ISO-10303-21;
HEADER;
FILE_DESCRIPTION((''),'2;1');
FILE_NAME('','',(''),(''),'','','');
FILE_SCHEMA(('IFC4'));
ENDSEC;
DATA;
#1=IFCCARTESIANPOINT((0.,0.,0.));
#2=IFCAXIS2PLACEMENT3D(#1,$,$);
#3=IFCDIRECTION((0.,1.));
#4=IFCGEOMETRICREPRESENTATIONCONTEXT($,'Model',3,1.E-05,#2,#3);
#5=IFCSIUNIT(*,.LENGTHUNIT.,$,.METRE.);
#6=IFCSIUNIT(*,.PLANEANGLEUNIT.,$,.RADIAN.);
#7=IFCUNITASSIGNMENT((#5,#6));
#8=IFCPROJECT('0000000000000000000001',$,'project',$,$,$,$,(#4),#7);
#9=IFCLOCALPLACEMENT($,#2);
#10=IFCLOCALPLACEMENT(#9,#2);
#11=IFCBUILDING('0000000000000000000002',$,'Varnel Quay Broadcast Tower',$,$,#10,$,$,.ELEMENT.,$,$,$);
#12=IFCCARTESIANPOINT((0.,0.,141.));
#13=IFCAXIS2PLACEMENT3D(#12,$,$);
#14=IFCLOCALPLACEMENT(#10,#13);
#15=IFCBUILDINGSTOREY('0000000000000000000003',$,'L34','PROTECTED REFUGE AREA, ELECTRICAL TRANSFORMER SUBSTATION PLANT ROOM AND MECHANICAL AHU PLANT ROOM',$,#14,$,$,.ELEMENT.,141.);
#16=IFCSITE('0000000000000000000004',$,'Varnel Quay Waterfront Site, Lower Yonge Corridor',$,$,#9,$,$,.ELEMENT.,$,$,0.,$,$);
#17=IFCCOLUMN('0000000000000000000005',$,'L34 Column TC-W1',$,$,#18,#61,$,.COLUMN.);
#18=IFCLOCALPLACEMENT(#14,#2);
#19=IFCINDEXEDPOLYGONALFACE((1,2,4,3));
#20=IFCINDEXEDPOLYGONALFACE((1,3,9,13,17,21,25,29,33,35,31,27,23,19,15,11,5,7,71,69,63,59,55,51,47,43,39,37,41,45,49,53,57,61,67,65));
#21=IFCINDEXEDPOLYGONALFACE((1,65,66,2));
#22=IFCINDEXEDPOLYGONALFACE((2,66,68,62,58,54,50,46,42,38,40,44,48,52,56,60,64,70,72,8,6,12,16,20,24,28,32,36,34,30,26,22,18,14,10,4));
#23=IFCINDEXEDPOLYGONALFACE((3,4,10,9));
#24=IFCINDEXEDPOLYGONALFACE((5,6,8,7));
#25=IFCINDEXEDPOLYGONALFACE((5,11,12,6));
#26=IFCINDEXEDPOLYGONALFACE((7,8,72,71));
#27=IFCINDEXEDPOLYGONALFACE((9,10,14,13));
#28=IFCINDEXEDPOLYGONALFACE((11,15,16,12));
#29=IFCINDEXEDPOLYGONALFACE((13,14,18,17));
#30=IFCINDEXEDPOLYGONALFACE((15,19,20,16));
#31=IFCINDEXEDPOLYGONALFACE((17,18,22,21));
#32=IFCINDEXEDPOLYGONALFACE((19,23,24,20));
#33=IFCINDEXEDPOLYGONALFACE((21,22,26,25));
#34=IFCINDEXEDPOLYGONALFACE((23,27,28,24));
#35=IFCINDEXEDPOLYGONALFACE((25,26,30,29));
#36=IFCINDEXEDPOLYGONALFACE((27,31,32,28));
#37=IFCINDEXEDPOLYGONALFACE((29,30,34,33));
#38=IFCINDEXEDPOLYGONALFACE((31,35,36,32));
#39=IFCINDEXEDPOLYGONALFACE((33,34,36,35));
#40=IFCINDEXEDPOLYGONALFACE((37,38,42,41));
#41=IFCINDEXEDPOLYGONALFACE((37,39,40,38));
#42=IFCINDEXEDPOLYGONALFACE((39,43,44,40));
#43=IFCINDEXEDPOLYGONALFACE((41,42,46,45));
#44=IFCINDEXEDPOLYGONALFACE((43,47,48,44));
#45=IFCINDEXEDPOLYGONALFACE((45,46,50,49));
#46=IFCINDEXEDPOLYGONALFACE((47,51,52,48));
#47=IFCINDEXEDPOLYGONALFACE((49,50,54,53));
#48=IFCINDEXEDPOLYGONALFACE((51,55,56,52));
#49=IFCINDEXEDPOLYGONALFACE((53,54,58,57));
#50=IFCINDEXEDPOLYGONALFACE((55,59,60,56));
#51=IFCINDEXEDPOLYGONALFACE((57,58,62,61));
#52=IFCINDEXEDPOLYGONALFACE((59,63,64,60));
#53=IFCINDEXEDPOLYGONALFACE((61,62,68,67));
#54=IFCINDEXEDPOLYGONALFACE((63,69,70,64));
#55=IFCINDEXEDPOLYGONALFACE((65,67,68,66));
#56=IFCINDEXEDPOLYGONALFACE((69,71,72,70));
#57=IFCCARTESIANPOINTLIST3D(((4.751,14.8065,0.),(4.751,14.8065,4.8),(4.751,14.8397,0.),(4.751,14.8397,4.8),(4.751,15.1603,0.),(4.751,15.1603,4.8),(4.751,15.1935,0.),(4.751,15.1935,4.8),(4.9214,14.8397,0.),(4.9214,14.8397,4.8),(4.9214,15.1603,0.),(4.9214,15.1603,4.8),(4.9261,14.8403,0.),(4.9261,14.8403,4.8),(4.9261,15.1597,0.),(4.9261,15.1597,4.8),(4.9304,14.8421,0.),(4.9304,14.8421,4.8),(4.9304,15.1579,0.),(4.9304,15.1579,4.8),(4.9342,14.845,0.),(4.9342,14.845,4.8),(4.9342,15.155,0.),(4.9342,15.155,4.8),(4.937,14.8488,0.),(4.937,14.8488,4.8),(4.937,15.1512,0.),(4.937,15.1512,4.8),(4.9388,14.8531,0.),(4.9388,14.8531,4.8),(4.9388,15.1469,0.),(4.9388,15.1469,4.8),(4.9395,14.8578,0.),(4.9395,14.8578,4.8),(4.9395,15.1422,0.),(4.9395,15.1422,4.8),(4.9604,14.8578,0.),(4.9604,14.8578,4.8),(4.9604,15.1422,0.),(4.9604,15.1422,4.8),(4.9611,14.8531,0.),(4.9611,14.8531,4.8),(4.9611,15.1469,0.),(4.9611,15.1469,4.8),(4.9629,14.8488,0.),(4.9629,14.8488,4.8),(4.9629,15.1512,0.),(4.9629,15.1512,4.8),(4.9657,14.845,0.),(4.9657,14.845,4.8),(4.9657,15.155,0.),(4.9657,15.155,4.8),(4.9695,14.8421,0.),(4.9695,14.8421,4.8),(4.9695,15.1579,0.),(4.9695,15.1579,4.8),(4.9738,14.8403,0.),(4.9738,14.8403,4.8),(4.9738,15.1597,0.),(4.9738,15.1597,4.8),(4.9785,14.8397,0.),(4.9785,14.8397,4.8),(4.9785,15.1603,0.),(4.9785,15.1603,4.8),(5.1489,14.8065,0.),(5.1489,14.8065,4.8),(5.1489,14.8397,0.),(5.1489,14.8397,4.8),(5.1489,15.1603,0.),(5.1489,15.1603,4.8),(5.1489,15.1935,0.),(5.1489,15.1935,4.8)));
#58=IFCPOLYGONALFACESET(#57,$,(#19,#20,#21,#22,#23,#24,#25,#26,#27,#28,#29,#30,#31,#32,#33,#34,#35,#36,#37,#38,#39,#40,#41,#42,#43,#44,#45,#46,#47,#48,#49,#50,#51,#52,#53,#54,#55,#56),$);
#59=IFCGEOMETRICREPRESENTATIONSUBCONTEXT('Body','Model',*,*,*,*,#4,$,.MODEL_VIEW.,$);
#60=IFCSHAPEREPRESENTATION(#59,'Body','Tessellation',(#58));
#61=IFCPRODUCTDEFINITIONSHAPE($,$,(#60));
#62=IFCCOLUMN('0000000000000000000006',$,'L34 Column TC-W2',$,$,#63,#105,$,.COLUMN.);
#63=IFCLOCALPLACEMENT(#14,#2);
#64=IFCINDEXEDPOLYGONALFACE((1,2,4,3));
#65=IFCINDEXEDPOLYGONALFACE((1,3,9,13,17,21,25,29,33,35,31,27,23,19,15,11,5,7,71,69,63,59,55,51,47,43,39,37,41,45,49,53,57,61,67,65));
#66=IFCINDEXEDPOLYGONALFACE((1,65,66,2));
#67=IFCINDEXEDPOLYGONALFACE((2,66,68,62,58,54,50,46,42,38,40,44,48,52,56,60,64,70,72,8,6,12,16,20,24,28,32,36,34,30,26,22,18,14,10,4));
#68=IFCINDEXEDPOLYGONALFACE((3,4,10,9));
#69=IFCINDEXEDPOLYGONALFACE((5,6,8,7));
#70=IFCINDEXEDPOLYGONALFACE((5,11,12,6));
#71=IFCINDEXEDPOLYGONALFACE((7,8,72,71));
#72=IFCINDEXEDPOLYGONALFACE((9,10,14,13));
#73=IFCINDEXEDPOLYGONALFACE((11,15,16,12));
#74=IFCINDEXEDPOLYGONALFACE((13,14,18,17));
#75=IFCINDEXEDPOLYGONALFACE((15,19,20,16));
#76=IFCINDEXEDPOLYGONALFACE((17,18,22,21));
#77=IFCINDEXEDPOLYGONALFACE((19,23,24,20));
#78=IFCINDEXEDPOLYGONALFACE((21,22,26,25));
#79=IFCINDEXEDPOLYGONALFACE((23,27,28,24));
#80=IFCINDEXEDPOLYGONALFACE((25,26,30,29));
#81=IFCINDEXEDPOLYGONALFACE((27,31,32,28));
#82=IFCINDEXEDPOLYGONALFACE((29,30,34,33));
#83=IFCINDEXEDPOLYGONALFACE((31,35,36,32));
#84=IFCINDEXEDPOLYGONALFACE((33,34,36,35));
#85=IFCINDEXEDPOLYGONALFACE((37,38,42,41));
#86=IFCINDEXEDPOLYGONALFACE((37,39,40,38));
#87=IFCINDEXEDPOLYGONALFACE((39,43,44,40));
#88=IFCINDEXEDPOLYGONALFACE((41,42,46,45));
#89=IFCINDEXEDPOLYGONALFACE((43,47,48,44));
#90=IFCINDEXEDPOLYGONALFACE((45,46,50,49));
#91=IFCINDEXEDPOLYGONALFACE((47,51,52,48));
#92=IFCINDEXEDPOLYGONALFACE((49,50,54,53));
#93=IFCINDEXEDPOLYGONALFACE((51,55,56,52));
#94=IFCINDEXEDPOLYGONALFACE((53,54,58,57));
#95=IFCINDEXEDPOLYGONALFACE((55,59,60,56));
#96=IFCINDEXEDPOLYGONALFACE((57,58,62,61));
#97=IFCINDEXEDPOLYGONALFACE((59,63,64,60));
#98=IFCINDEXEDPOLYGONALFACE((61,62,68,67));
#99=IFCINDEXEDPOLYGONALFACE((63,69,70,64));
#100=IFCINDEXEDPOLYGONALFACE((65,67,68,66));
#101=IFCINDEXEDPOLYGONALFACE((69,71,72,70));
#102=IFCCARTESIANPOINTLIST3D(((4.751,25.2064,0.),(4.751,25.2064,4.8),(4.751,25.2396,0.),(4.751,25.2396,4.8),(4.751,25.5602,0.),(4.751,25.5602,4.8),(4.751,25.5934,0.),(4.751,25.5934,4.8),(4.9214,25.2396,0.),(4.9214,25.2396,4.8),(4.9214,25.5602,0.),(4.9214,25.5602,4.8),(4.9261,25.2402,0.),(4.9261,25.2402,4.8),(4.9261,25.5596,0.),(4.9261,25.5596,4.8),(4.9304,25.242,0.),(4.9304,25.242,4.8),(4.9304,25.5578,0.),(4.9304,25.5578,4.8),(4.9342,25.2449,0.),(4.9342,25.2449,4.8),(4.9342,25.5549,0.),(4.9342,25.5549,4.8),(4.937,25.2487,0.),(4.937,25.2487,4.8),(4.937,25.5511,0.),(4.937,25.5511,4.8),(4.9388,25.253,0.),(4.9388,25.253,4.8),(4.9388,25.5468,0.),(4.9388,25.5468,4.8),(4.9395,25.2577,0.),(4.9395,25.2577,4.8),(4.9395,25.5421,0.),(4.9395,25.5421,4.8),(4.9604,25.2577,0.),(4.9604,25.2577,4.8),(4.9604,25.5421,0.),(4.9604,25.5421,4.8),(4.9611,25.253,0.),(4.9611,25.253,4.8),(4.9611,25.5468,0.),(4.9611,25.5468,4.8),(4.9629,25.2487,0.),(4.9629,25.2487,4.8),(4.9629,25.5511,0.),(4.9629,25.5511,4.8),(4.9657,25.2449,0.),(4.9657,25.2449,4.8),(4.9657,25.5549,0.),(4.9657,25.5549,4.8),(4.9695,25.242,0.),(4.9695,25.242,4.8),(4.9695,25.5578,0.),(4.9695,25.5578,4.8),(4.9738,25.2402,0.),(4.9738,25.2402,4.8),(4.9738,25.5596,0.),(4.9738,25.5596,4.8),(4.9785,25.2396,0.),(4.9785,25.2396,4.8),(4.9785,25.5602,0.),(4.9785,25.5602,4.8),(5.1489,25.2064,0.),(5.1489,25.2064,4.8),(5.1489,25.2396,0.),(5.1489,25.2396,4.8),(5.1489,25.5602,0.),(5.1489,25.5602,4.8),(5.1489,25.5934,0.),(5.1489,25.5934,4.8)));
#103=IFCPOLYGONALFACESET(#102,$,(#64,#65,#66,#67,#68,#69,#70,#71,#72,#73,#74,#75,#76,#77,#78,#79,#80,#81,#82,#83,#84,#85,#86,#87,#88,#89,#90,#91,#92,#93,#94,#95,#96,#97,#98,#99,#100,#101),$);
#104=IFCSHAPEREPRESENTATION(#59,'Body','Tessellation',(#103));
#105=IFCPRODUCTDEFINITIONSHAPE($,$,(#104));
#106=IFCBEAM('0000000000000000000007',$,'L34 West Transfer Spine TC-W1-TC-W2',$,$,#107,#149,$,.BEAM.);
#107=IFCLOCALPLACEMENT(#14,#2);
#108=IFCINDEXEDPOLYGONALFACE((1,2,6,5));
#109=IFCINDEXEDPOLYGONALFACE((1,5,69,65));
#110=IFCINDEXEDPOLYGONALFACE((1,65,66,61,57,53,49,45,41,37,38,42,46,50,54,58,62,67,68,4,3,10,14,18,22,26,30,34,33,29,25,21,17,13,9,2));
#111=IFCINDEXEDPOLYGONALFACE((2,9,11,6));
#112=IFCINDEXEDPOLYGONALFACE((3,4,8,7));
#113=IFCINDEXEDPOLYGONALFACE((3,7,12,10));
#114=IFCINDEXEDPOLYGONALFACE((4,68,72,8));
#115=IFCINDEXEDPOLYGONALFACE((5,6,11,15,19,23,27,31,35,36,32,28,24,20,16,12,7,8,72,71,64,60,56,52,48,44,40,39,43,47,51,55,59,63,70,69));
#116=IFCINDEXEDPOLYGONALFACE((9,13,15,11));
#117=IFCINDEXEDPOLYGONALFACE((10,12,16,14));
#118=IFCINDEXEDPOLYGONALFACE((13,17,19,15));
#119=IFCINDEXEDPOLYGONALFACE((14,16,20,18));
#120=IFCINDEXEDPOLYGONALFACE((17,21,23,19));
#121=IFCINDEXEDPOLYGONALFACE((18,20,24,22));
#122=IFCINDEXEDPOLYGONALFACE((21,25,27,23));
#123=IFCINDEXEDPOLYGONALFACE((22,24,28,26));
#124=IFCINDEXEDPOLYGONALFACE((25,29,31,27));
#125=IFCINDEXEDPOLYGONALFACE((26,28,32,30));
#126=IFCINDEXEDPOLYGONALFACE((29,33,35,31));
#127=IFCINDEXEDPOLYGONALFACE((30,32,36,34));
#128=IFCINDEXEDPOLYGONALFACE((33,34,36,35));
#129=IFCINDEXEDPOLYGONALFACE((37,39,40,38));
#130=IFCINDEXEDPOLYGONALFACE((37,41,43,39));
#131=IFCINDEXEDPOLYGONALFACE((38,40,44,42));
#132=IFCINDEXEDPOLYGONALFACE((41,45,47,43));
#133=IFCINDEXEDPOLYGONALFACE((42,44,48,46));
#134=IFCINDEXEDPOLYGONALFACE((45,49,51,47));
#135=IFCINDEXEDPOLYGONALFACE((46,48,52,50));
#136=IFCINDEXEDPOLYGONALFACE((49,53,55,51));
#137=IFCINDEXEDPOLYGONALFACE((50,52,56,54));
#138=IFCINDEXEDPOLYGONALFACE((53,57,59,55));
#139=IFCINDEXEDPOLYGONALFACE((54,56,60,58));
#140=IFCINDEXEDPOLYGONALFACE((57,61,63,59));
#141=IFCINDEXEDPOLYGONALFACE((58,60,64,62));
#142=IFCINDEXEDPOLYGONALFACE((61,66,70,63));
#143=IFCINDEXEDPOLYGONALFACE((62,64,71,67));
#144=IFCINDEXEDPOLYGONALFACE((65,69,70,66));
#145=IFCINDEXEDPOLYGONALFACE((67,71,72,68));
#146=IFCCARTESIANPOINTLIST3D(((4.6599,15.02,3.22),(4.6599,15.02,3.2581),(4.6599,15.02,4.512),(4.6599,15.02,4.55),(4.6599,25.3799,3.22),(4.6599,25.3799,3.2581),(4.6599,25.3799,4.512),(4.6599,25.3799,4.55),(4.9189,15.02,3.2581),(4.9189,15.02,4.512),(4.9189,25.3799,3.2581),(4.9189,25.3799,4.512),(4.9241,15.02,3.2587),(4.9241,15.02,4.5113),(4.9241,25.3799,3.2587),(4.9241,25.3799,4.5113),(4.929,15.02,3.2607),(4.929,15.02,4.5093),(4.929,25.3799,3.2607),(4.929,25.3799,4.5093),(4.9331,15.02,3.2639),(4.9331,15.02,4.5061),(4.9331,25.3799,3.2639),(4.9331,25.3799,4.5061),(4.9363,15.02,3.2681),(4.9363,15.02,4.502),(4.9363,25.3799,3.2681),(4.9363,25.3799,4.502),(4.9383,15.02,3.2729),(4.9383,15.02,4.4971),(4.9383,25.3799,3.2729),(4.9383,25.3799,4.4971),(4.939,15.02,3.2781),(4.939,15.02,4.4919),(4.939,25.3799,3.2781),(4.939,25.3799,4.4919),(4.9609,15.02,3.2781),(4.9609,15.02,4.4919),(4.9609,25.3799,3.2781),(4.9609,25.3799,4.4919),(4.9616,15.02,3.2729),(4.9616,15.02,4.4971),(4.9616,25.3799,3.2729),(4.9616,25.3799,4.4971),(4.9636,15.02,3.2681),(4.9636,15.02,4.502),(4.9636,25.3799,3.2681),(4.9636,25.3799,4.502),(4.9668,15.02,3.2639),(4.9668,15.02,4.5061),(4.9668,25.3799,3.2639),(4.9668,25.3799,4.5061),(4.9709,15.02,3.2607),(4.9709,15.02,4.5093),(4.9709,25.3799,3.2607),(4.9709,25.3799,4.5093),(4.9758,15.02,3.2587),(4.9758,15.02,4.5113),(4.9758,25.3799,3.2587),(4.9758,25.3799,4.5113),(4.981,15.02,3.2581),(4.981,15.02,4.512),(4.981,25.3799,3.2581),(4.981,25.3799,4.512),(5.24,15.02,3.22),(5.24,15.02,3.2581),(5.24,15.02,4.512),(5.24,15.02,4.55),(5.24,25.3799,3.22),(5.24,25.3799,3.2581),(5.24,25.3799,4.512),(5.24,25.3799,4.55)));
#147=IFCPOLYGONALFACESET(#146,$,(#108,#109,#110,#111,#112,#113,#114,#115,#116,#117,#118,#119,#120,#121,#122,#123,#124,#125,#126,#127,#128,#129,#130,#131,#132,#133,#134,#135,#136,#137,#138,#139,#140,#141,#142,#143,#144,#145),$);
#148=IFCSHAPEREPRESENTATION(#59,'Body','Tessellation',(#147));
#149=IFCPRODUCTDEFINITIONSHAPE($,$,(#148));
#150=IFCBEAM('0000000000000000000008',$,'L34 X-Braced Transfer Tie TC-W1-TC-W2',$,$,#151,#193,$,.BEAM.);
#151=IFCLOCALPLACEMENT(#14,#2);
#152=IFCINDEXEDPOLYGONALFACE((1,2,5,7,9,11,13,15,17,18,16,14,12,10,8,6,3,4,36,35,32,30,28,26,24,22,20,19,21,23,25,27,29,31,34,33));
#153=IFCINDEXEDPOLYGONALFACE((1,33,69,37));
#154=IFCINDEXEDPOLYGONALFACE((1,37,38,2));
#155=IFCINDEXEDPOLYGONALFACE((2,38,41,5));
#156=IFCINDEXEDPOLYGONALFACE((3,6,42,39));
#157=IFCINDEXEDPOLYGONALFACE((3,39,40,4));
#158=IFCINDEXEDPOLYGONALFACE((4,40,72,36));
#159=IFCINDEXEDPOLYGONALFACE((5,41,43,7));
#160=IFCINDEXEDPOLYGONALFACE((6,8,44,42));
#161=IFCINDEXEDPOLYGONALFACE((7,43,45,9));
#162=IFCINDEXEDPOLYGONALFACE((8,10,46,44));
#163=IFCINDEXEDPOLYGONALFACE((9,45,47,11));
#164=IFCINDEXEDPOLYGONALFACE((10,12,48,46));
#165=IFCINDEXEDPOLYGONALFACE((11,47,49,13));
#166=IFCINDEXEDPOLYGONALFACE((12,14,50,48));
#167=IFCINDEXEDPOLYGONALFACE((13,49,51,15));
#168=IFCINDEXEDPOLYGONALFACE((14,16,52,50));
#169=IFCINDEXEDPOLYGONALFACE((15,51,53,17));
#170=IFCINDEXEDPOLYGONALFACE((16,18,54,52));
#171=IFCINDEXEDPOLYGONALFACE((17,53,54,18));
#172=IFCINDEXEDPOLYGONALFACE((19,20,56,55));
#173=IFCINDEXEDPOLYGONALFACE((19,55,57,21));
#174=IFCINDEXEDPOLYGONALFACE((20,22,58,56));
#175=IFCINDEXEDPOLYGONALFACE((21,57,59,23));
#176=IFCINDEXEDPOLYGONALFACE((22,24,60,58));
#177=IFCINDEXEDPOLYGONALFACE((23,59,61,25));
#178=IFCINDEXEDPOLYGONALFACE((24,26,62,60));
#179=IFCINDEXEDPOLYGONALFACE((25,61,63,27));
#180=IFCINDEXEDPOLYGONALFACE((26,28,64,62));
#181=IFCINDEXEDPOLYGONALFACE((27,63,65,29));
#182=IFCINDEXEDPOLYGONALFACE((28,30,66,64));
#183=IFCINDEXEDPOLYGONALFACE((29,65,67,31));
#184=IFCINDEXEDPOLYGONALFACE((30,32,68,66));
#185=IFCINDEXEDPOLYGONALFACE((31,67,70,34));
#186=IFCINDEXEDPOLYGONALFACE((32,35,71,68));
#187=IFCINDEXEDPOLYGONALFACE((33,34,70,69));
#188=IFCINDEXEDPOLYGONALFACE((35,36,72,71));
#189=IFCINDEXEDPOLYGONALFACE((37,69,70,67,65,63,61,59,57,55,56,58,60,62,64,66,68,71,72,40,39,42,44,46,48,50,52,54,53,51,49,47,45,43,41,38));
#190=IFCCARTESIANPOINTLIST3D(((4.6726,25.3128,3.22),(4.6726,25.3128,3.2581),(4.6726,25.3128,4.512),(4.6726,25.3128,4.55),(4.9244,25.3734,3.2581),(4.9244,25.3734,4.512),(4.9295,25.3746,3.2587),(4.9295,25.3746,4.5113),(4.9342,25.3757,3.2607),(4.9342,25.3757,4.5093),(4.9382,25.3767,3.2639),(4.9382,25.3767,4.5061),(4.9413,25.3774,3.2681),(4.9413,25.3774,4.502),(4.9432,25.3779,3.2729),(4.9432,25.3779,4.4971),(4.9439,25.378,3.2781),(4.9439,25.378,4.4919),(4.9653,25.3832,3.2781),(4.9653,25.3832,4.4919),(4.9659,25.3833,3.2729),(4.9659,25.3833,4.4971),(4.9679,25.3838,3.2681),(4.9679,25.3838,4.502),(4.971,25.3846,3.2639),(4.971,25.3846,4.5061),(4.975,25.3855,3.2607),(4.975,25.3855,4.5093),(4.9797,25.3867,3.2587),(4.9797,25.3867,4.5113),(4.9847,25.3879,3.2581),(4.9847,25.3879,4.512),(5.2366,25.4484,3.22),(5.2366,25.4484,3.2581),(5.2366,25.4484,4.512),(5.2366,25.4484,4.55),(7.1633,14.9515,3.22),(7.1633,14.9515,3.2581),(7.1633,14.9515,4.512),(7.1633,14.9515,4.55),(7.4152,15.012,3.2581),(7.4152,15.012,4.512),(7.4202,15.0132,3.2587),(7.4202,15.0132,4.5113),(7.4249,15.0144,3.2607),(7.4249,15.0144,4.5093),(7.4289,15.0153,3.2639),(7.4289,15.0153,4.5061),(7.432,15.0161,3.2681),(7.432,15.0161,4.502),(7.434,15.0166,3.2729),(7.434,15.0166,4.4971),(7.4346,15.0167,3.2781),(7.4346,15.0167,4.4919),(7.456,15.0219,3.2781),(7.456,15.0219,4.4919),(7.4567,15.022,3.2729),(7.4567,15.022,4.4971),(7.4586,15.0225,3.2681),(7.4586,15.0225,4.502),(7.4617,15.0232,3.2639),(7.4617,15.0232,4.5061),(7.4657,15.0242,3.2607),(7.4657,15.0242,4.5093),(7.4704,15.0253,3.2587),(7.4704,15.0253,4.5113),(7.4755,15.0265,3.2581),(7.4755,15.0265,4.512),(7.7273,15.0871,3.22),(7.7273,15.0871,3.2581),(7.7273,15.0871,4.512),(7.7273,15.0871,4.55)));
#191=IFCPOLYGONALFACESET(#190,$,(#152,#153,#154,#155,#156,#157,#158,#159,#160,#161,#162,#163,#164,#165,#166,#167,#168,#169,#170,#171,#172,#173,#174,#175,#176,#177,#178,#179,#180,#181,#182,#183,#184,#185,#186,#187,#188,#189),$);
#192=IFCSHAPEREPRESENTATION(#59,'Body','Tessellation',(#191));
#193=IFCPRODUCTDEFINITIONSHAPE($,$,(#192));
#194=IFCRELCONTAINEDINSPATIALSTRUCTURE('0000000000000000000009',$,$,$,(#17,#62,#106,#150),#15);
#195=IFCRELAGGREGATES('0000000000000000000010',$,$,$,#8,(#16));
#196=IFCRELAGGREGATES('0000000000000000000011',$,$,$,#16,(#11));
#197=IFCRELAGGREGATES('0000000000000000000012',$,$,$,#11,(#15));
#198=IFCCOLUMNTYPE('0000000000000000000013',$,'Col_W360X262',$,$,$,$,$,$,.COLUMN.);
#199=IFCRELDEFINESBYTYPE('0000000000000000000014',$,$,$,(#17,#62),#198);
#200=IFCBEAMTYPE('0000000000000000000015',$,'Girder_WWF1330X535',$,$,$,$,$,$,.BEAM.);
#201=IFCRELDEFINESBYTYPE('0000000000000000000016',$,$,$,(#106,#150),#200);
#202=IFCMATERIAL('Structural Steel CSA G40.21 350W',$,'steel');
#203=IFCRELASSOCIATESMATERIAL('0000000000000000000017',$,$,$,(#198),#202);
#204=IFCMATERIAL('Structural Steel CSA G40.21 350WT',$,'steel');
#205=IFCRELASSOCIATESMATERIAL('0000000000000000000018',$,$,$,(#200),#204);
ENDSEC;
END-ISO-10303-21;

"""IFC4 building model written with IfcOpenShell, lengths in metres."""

from ifc_helpers import new_model, si_unit, direction, frame, origin, origin_2d, place, context, subcontext, project, spatial, i_section, extrude, source, transform, mapped, material, material_profile, profile_set, type_object, type_shapes, element, save


model = new_model("IFC4")

# Units and contexts
model_context = context("Model", 3, precision=1e-05, world=origin(), true_north=direction((0.0, 1.0)))
body_context = subcontext(model_context, "Body", "Model", "MODEL_VIEW")
ifc_project = project(units=[si_unit("LENGTHUNIT", "METRE"), si_unit("PLANEANGLEUNIT", "RADIAN")], contexts=[model_context])

# Site, building, storey
site_placement = place(None, origin())
site = spatial("IfcSite", under=ifc_project, at=site_placement, Name="Varnel Quay Waterfront Site, Lower Yonge Corridor", CompositionType="ELEMENT", RefElevation=0.0)
building_placement = place(site_placement, origin())
building = spatial("IfcBuilding", under=site, at=building_placement, Name="Varnel Quay Broadcast Tower", CompositionType="ELEMENT")
storey_placement = place(building_placement, frame((0.0, 0.0, 141.0)))
storey = spatial("IfcBuildingStorey", under=building, at=storey_placement, Name="L34", Description="PROTECTED REFUGE AREA, ELECTRICAL TRANSFORMER SUBSTATION PLANT ROOM AND MECHANICAL AHU PLANT ROOM", CompositionType="ELEMENT", Elevation=141.0)

# Columns
ifc_material_1 = material(Name="Structural Steel CSA G40.21 350W", Category="steel")
ifc_material_profile_1 = material_profile(ifc_material_1, i_section(OverallWidth=0.3979, OverallDepth=0.387, WebThickness=0.021, FlangeThickness=0.0332, FilletRadius=0.0181, at=origin_2d()), Name="W360X262")
ifc_profile_set_1 = profile_set([ifc_material_profile_1], Name="Structural Steel CSA G40.21 350W")
column_type = type_object("IfcColumnType", Name="Col_W360X262", PredefinedType="COLUMN", material=ifc_profile_set_1)
shared_shape_1 = source(origin(), body_context, "Body", "SweptSolid", [
    extrude(i_section(OverallWidth=0.3979, OverallDepth=0.387, WebThickness=0.021, FlangeThickness=0.0332, FilletRadius=0.0181, at=origin_2d()), origin(), (0.0, 0.0, 1.0), 4.8),
])
type_shapes(column_type, [shared_shape_1])
for number, where, z_axis, x_axis, name in (
    (1, (4.95, 15.0, 0.0), (0.0, 0.0, 1.0), (1.0, 0.0, 0.0), "L34 Column TC-W1"),
    (2, (4.95, 25.3999, 0.0), (0.0, 0.0, 1.0), (1.0, 0.0, 0.0), "L34 Column TC-W2"),
):
    element("IfcColumn", number, at=place(storey_placement, frame(where, z_axis=z_axis, x_axis=x_axis)), inside=storey, type_object=column_type, Name=name, PredefinedType="COLUMN", context=body_context, shape_type="MappedRepresentation", body=[
        mapped(shared_shape_1, transform((0.0, 0.0, 0.0), x_axis=(1.0, 0.0, 0.0), y_axis=(0.0, 1.0, 0.0), z_axis=(0.0, 0.0, 1.0), scale=1.0)),
    ])

# Beams
ifc_material_2 = material(Name="Structural Steel CSA G40.21 350WT", Category="steel")
ifc_material_profile_2 = material_profile(ifc_material_2, i_section(OverallWidth=0.5801, OverallDepth=1.3301, WebThickness=0.022, FlangeThickness=0.0381, FilletRadius=0.02, at=origin_2d()), Name="WWF1330X535")
ifc_profile_set_2 = profile_set([ifc_material_profile_2], Name="Structural Steel CSA G40.21 350WT")
beam_type_1 = type_object("IfcBeamType", Name="Girder_WWF1330X535", PredefinedType="BEAM", material=ifc_profile_set_2)
shared_shape_2 = source(origin(), body_context, "Body", "SweptSolid", [
    extrude(i_section(OverallWidth=0.5801, OverallDepth=1.3301, WebThickness=0.022, FlangeThickness=0.0381, FilletRadius=0.02, at=origin_2d()), origin(), (0.0, 0.0, 1.0), 10.3599),
])
beam_1_placement = place(storey_placement, frame((4.95, 15.02, 3.885), z_axis=(0.0, 1.0, 0.0), x_axis=(-1.0, 0.0, 0.0)))
element("IfcBeam", 3, at=beam_1_placement, inside=storey, type_object=beam_type_1, Name="L34 West Transfer Spine TC-W1-TC-W2", PredefinedType="BEAM", context=body_context, shape_type="MappedRepresentation", body=[
    mapped(shared_shape_2, transform((0.0, 0.0, 0.0), x_axis=(1.0, 0.0, 0.0), y_axis=(0.0, 1.0, 0.0), z_axis=(0.0, 0.0, 1.0), scale=1.0)),
])
shared_shape_3 = source(origin(), body_context, "Body", "SweptSolid", [
    extrude(i_section(OverallWidth=0.5801, OverallDepth=1.3301, WebThickness=0.022, FlangeThickness=0.0381, FilletRadius=0.02, at=origin_2d()), origin(), (0.0, 0.0, 1.0), 10.6565),
])
beam_2_placement = place(storey_placement, frame((4.9546, 25.3806, 3.885), z_axis=(0.233728, -0.972302, 0.0), x_axis=(0.972302, 0.233728, 0.0)))
element("IfcBeam", 4, at=beam_2_placement, inside=storey, type_object=beam_type_1, Name="L34 X-Braced Transfer Tie TC-W1-TC-W2", PredefinedType="BEAM", context=body_context, shape_type="MappedRepresentation", body=[
    mapped(shared_shape_3, transform((0.0, 0.0, 0.0), x_axis=(1.0, 0.0, 0.0), y_axis=(0.0, 1.0, 0.0), z_axis=(0.0, 0.0, 1.0), scale=1.0)),
])

save(model, "model.ifc")
